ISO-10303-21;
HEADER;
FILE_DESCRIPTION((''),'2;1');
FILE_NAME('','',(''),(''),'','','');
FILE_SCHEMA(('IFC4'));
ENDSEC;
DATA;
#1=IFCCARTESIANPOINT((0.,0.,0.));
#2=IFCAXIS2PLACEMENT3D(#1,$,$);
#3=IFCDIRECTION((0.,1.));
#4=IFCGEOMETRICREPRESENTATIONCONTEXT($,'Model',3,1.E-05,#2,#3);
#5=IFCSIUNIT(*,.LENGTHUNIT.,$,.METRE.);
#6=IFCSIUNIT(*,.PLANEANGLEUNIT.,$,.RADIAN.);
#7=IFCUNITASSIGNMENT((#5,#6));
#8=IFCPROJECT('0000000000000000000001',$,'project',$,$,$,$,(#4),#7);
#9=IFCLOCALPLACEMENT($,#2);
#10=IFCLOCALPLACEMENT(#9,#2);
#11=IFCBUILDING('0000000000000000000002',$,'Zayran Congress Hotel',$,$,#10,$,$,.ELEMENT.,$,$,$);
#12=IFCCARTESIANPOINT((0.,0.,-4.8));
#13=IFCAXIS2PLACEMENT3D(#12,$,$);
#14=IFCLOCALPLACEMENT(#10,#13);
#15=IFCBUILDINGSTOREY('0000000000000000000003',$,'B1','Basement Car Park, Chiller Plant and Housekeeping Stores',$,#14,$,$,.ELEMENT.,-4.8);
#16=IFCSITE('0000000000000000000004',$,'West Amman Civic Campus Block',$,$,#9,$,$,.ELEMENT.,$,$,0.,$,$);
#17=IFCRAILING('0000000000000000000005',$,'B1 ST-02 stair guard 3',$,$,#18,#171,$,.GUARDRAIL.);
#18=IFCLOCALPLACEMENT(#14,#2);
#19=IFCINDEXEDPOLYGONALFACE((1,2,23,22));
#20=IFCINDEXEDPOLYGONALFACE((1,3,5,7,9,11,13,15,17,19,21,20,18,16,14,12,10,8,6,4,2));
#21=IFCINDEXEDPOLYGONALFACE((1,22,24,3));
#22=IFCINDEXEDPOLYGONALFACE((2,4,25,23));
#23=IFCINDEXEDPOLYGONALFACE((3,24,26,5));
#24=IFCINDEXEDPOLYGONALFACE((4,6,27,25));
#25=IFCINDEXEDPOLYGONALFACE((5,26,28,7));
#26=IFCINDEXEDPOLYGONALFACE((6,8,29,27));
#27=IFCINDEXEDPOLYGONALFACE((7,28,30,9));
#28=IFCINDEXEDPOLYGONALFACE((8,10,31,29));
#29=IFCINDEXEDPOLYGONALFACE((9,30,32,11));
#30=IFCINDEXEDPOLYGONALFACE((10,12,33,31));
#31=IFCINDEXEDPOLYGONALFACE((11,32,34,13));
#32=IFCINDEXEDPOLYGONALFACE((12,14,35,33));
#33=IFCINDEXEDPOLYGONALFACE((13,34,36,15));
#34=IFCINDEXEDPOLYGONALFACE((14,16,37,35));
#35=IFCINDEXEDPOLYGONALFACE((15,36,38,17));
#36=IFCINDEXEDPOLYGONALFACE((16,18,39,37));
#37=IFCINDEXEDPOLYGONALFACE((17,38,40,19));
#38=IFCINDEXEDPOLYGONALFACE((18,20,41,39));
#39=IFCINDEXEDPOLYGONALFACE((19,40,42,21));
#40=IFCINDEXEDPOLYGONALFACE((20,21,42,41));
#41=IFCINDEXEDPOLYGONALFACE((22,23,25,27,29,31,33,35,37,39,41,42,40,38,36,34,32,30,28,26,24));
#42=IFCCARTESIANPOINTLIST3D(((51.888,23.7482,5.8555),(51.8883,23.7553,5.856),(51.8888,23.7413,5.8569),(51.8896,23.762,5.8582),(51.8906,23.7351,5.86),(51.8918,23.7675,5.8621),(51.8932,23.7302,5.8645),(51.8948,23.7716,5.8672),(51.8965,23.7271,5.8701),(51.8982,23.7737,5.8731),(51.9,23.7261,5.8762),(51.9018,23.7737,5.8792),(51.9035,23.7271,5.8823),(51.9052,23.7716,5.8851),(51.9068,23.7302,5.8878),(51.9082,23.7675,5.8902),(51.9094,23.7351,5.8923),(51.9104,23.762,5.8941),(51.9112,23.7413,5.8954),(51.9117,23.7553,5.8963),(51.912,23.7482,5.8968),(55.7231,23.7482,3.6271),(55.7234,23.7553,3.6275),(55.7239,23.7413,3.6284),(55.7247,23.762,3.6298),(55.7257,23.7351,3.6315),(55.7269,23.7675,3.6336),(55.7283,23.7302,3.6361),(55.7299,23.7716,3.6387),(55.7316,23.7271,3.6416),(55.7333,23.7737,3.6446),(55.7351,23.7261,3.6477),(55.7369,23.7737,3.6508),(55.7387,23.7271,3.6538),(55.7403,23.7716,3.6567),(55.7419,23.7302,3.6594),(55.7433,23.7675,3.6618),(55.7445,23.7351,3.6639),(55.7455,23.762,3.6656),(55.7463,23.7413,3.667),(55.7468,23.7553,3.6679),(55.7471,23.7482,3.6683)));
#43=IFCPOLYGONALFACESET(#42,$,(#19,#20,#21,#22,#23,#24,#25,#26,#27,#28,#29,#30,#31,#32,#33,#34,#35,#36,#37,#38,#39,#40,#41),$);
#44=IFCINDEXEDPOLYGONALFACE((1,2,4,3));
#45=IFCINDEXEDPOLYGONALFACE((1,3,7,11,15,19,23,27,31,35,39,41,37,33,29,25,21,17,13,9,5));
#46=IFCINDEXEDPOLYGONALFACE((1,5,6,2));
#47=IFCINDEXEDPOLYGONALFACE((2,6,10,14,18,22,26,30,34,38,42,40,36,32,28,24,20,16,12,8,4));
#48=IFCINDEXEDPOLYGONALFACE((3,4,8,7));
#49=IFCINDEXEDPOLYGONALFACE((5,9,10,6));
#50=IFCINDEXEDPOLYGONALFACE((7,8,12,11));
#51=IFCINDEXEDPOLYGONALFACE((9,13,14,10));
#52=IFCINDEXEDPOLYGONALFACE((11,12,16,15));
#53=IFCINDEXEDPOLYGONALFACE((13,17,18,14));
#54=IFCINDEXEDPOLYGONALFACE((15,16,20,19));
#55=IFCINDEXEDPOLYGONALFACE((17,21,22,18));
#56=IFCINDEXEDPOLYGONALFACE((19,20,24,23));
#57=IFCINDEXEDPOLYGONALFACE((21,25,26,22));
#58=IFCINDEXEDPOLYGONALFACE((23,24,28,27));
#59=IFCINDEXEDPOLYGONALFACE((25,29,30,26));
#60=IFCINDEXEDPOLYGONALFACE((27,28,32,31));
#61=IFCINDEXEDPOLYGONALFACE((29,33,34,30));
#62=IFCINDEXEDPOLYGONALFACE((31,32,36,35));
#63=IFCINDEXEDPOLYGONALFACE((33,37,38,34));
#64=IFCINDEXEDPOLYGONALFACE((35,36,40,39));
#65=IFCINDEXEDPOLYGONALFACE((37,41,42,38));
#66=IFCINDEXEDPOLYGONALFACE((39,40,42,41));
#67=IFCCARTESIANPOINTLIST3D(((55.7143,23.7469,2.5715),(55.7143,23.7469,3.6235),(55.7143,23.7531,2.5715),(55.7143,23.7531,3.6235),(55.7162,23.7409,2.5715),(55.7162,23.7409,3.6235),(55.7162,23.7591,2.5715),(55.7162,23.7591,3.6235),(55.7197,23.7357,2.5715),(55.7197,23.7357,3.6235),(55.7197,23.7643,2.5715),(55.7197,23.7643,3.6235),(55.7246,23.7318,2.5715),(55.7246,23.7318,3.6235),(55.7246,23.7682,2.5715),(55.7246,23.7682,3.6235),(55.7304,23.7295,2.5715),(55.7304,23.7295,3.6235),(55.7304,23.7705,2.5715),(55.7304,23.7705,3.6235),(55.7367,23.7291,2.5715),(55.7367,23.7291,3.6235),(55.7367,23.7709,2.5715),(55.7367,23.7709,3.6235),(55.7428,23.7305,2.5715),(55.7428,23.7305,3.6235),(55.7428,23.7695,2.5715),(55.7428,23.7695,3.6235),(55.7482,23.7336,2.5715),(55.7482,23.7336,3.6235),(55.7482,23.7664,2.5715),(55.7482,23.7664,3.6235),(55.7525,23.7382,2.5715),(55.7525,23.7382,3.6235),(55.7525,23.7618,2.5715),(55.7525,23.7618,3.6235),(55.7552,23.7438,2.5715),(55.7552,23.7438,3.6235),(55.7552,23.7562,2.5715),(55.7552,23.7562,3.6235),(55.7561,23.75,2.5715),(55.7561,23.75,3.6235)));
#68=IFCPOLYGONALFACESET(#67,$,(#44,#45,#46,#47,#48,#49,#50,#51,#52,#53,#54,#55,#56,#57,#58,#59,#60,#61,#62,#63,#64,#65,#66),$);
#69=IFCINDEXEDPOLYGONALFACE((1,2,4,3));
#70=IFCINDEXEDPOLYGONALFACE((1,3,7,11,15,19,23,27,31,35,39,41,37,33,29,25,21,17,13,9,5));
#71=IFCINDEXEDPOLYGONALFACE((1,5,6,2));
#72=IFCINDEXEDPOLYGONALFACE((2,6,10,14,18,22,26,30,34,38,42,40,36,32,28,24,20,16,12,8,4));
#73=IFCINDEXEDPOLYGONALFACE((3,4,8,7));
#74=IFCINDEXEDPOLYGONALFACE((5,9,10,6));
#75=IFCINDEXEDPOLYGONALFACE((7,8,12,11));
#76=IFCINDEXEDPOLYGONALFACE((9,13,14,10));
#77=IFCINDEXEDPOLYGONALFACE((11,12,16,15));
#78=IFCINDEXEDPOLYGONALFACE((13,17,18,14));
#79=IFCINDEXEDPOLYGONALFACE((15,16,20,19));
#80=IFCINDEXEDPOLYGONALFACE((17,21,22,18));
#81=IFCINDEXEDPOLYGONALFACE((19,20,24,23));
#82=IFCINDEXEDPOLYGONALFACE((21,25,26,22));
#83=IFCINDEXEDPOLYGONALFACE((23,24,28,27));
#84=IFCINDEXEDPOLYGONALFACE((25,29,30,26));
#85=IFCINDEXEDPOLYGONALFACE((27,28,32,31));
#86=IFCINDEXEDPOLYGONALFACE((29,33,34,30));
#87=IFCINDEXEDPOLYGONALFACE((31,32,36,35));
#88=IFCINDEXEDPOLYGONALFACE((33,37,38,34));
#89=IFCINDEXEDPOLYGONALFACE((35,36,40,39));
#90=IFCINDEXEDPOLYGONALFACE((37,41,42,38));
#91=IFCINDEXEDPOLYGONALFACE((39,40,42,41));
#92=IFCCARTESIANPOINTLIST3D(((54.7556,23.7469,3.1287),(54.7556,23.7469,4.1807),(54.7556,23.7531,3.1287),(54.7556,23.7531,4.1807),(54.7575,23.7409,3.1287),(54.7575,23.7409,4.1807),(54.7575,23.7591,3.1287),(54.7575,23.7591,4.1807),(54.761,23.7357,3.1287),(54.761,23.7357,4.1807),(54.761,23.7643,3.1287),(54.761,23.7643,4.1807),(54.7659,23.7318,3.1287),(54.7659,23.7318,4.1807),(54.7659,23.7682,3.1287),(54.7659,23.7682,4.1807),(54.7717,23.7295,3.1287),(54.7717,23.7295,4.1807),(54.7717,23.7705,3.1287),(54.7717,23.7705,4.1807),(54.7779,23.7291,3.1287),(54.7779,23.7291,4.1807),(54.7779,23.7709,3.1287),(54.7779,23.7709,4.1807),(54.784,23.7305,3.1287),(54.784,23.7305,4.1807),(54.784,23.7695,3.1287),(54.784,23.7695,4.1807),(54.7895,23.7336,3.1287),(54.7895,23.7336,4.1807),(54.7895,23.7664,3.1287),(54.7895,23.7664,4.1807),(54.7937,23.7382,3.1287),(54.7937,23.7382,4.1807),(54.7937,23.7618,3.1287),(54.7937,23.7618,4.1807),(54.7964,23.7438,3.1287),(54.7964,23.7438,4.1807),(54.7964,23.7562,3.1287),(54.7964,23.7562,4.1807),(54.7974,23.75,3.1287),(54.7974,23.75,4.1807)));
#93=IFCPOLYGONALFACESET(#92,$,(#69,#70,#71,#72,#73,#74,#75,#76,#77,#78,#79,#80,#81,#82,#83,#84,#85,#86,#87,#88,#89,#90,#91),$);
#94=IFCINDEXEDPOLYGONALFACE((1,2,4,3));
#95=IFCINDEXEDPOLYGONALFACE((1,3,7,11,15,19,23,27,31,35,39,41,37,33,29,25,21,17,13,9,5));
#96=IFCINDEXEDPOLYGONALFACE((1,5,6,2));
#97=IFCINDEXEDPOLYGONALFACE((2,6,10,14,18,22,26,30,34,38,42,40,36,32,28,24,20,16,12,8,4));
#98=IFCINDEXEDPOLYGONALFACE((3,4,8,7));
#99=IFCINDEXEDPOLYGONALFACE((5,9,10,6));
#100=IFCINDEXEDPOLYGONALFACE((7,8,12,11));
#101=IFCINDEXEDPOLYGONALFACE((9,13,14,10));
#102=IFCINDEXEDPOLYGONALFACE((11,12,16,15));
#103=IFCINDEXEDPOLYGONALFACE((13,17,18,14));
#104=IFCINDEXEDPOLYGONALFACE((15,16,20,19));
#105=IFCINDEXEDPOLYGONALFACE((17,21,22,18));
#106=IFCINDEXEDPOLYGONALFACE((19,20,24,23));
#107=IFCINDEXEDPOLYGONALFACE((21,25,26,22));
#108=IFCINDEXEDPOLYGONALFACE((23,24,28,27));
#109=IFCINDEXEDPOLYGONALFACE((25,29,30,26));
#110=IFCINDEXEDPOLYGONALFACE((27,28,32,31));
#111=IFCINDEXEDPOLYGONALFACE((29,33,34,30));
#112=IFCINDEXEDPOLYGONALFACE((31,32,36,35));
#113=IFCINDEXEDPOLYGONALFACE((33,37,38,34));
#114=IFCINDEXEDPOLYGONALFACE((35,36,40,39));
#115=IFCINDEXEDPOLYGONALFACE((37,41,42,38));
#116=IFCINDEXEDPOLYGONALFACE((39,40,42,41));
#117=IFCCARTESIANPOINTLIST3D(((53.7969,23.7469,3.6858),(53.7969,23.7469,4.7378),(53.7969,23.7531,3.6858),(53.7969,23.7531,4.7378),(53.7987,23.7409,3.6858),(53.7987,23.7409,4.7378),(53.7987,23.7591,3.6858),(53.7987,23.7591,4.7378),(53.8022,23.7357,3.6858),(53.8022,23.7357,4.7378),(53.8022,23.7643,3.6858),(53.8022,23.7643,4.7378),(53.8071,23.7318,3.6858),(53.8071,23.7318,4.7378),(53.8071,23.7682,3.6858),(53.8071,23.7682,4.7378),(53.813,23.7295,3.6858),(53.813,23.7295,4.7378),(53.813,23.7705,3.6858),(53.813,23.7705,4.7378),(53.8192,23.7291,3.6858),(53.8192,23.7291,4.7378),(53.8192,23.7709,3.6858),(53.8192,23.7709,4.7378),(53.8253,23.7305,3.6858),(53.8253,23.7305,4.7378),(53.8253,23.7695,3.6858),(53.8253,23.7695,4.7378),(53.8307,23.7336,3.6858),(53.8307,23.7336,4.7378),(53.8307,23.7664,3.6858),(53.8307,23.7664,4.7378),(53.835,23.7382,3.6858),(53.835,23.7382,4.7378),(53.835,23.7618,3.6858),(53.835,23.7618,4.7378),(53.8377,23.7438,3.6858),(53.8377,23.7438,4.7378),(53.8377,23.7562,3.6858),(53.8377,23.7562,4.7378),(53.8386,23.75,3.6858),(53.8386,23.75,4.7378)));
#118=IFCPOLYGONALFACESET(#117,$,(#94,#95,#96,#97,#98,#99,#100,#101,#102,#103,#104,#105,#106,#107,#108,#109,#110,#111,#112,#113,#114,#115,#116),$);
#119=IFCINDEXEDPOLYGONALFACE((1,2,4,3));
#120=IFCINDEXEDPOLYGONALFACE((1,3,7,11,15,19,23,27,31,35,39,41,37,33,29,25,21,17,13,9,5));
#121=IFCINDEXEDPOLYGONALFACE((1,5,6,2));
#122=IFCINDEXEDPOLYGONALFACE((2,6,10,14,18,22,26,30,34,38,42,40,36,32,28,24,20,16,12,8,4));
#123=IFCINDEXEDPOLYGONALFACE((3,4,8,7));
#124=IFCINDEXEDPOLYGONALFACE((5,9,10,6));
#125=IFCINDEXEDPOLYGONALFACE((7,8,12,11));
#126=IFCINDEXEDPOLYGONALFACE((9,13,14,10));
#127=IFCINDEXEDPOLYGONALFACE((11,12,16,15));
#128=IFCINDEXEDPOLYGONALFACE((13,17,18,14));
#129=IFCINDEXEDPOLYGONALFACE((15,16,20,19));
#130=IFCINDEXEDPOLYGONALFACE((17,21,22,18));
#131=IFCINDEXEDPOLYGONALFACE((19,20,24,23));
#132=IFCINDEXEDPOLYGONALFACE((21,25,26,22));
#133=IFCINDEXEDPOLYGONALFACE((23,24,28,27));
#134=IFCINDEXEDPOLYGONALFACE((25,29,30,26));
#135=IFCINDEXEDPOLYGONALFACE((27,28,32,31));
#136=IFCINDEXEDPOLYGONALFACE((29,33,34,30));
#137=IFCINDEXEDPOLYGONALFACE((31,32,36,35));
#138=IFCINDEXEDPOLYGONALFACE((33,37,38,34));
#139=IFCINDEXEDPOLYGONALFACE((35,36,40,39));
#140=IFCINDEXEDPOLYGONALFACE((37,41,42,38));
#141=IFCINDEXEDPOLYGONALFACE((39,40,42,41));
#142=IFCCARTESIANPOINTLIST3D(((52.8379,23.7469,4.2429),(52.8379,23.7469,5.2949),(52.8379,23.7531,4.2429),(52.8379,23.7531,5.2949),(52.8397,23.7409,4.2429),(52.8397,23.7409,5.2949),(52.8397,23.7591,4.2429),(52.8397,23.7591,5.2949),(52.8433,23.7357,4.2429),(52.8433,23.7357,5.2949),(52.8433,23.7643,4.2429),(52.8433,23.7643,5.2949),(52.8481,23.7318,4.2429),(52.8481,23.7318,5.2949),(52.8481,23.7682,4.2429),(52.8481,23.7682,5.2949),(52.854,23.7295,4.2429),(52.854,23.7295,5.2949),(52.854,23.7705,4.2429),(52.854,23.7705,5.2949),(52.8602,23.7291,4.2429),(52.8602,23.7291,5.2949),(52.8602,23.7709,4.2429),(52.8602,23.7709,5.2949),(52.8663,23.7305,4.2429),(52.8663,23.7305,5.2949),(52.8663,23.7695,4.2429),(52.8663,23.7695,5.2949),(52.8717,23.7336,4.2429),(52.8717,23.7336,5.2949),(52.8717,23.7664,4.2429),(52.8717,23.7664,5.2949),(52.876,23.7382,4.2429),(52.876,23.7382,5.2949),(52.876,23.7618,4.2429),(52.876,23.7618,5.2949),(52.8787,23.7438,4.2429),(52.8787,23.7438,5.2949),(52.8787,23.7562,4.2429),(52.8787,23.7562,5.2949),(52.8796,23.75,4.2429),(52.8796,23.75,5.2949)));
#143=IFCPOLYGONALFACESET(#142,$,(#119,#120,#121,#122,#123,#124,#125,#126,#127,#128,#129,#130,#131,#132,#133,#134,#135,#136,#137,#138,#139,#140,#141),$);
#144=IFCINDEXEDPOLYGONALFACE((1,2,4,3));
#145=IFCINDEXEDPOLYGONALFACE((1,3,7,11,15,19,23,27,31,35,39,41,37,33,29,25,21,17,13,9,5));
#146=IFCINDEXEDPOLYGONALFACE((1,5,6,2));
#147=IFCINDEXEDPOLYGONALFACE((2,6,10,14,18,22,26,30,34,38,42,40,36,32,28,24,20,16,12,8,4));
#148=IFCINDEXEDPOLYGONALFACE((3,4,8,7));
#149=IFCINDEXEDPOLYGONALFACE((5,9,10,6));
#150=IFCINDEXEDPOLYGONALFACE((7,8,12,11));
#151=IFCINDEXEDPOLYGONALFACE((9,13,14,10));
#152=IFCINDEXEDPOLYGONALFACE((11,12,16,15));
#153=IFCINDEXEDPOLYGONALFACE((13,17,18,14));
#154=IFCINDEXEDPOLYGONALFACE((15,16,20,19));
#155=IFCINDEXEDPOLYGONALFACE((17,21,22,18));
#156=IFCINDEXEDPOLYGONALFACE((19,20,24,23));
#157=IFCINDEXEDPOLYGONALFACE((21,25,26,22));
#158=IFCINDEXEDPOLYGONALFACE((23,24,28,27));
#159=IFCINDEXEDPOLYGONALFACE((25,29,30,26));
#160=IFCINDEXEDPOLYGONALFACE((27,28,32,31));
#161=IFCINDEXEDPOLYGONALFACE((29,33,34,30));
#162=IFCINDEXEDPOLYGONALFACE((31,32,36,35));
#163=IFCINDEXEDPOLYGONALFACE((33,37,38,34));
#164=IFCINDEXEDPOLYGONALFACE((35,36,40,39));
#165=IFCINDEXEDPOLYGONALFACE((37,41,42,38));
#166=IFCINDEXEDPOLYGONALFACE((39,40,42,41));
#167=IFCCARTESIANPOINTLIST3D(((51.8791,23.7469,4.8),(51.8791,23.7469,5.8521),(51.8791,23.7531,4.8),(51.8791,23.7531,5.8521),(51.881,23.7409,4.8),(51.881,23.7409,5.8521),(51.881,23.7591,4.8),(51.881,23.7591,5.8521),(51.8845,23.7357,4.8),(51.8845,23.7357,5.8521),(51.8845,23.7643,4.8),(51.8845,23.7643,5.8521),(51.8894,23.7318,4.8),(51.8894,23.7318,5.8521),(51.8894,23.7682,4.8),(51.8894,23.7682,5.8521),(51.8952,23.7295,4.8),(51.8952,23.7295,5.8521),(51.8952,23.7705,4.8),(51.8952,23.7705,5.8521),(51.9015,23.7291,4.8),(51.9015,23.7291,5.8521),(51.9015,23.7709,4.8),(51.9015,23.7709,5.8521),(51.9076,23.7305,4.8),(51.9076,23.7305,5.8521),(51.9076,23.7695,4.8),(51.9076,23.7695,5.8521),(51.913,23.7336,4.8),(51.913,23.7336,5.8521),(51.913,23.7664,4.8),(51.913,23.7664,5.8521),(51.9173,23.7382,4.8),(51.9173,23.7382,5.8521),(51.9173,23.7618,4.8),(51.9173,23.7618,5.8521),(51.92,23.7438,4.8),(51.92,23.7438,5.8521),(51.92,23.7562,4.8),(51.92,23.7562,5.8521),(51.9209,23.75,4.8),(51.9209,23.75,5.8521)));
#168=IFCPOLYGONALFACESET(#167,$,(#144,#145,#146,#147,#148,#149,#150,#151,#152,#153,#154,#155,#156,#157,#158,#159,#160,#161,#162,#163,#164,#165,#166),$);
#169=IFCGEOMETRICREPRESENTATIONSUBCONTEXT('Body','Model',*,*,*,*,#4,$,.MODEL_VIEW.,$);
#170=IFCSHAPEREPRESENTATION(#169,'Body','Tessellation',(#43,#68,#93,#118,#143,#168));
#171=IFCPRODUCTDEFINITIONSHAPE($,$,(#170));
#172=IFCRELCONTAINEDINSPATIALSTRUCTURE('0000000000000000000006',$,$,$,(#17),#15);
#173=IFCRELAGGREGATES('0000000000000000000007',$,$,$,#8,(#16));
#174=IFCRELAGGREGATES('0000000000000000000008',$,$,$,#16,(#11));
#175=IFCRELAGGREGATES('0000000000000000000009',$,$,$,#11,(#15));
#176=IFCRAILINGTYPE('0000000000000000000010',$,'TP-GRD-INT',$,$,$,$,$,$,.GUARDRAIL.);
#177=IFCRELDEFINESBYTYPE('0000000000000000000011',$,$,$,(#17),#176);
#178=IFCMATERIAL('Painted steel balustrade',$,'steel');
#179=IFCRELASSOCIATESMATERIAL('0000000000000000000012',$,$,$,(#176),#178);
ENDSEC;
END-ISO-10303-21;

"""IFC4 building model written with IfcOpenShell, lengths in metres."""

from ifc_helpers import new_model, si_unit, direction, frame, origin, origin_2d, place, context, subcontext, project, spatial, circle, extrude, material, type_object, element, save


model = new_model("IFC4")

# Units and contexts
model_context = context("Model", 3, precision=1e-05, world=origin(), true_north=direction((0.0, 1.0)))
body_context = subcontext(model_context, "Body", "Model", "MODEL_VIEW")
ifc_project = project(units=[si_unit("LENGTHUNIT", "METRE"), si_unit("PLANEANGLEUNIT", "RADIAN")], contexts=[model_context])

# Site, building, storey
site_placement = place(None, origin())
site = spatial("IfcSite", under=ifc_project, at=site_placement, Name="West Amman Civic Campus Block", CompositionType="ELEMENT", RefElevation=0.0)
building_placement = place(site_placement, origin())
building = spatial("IfcBuilding", under=site, at=building_placement, Name="Zayran Congress Hotel", CompositionType="ELEMENT")
storey_placement = place(building_placement, frame((0.0, 0.0, -4.8)))
storey = spatial("IfcBuildingStorey", under=building, at=storey_placement, Name="B1", Description="Basement Car Park, Chiller Plant and Housekeeping Stores", CompositionType="ELEMENT", Elevation=-4.8)

# Railing
ifc_material_1 = material(Name="Painted steel balustrade", Category="steel")
railing_type_1 = type_object("IfcRailingType", Name="TP-GRD-INT", PredefinedType="GUARDRAIL", material=ifc_material_1)
railing_1_placement = place(storey_placement, frame((55.7351, 23.75, 2.5715)))
element("IfcRailing", 1, at=railing_1_placement, inside=storey, type_object=railing_type_1, Name="B1 ST-02 stair guard 3", PredefinedType="GUARDRAIL", context=body_context, shape_type="SweptSolid", body=[
    extrude(circle(Radius=0.0239, at=origin_2d()), frame((0.0, 0.0, 1.0762), z_axis=(-0.86463, 0.0, 0.502409), x_axis=(0.0, -1.0, 0.0)), (0.0, 0.0, 1.0), 4.4355),
    extrude(circle(Radius=0.021, at=origin_2d()), origin(), (0.0, 0.0, 1.0), 1.052),
    extrude(circle(Radius=0.021, at=origin_2d()), frame((-0.9587, 0.0, 0.5571)), (0.0, 0.0, 1.0), 1.052),
    extrude(circle(Radius=0.021, at=origin_2d()), frame((-1.9175, 0.0, 1.1143)), (0.0, 0.0, 1.0), 1.052),
    extrude(circle(Radius=0.021, at=origin_2d()), frame((-2.8765, 0.0, 1.6714)), (0.0, 0.0, 1.0), 1.052),
    extrude(circle(Radius=0.021, at=origin_2d()), frame((-3.8352, 0.0, 2.2285)), (0.0, 0.0, 1.0), 1.052),
])

save(model, "model.ifc")
